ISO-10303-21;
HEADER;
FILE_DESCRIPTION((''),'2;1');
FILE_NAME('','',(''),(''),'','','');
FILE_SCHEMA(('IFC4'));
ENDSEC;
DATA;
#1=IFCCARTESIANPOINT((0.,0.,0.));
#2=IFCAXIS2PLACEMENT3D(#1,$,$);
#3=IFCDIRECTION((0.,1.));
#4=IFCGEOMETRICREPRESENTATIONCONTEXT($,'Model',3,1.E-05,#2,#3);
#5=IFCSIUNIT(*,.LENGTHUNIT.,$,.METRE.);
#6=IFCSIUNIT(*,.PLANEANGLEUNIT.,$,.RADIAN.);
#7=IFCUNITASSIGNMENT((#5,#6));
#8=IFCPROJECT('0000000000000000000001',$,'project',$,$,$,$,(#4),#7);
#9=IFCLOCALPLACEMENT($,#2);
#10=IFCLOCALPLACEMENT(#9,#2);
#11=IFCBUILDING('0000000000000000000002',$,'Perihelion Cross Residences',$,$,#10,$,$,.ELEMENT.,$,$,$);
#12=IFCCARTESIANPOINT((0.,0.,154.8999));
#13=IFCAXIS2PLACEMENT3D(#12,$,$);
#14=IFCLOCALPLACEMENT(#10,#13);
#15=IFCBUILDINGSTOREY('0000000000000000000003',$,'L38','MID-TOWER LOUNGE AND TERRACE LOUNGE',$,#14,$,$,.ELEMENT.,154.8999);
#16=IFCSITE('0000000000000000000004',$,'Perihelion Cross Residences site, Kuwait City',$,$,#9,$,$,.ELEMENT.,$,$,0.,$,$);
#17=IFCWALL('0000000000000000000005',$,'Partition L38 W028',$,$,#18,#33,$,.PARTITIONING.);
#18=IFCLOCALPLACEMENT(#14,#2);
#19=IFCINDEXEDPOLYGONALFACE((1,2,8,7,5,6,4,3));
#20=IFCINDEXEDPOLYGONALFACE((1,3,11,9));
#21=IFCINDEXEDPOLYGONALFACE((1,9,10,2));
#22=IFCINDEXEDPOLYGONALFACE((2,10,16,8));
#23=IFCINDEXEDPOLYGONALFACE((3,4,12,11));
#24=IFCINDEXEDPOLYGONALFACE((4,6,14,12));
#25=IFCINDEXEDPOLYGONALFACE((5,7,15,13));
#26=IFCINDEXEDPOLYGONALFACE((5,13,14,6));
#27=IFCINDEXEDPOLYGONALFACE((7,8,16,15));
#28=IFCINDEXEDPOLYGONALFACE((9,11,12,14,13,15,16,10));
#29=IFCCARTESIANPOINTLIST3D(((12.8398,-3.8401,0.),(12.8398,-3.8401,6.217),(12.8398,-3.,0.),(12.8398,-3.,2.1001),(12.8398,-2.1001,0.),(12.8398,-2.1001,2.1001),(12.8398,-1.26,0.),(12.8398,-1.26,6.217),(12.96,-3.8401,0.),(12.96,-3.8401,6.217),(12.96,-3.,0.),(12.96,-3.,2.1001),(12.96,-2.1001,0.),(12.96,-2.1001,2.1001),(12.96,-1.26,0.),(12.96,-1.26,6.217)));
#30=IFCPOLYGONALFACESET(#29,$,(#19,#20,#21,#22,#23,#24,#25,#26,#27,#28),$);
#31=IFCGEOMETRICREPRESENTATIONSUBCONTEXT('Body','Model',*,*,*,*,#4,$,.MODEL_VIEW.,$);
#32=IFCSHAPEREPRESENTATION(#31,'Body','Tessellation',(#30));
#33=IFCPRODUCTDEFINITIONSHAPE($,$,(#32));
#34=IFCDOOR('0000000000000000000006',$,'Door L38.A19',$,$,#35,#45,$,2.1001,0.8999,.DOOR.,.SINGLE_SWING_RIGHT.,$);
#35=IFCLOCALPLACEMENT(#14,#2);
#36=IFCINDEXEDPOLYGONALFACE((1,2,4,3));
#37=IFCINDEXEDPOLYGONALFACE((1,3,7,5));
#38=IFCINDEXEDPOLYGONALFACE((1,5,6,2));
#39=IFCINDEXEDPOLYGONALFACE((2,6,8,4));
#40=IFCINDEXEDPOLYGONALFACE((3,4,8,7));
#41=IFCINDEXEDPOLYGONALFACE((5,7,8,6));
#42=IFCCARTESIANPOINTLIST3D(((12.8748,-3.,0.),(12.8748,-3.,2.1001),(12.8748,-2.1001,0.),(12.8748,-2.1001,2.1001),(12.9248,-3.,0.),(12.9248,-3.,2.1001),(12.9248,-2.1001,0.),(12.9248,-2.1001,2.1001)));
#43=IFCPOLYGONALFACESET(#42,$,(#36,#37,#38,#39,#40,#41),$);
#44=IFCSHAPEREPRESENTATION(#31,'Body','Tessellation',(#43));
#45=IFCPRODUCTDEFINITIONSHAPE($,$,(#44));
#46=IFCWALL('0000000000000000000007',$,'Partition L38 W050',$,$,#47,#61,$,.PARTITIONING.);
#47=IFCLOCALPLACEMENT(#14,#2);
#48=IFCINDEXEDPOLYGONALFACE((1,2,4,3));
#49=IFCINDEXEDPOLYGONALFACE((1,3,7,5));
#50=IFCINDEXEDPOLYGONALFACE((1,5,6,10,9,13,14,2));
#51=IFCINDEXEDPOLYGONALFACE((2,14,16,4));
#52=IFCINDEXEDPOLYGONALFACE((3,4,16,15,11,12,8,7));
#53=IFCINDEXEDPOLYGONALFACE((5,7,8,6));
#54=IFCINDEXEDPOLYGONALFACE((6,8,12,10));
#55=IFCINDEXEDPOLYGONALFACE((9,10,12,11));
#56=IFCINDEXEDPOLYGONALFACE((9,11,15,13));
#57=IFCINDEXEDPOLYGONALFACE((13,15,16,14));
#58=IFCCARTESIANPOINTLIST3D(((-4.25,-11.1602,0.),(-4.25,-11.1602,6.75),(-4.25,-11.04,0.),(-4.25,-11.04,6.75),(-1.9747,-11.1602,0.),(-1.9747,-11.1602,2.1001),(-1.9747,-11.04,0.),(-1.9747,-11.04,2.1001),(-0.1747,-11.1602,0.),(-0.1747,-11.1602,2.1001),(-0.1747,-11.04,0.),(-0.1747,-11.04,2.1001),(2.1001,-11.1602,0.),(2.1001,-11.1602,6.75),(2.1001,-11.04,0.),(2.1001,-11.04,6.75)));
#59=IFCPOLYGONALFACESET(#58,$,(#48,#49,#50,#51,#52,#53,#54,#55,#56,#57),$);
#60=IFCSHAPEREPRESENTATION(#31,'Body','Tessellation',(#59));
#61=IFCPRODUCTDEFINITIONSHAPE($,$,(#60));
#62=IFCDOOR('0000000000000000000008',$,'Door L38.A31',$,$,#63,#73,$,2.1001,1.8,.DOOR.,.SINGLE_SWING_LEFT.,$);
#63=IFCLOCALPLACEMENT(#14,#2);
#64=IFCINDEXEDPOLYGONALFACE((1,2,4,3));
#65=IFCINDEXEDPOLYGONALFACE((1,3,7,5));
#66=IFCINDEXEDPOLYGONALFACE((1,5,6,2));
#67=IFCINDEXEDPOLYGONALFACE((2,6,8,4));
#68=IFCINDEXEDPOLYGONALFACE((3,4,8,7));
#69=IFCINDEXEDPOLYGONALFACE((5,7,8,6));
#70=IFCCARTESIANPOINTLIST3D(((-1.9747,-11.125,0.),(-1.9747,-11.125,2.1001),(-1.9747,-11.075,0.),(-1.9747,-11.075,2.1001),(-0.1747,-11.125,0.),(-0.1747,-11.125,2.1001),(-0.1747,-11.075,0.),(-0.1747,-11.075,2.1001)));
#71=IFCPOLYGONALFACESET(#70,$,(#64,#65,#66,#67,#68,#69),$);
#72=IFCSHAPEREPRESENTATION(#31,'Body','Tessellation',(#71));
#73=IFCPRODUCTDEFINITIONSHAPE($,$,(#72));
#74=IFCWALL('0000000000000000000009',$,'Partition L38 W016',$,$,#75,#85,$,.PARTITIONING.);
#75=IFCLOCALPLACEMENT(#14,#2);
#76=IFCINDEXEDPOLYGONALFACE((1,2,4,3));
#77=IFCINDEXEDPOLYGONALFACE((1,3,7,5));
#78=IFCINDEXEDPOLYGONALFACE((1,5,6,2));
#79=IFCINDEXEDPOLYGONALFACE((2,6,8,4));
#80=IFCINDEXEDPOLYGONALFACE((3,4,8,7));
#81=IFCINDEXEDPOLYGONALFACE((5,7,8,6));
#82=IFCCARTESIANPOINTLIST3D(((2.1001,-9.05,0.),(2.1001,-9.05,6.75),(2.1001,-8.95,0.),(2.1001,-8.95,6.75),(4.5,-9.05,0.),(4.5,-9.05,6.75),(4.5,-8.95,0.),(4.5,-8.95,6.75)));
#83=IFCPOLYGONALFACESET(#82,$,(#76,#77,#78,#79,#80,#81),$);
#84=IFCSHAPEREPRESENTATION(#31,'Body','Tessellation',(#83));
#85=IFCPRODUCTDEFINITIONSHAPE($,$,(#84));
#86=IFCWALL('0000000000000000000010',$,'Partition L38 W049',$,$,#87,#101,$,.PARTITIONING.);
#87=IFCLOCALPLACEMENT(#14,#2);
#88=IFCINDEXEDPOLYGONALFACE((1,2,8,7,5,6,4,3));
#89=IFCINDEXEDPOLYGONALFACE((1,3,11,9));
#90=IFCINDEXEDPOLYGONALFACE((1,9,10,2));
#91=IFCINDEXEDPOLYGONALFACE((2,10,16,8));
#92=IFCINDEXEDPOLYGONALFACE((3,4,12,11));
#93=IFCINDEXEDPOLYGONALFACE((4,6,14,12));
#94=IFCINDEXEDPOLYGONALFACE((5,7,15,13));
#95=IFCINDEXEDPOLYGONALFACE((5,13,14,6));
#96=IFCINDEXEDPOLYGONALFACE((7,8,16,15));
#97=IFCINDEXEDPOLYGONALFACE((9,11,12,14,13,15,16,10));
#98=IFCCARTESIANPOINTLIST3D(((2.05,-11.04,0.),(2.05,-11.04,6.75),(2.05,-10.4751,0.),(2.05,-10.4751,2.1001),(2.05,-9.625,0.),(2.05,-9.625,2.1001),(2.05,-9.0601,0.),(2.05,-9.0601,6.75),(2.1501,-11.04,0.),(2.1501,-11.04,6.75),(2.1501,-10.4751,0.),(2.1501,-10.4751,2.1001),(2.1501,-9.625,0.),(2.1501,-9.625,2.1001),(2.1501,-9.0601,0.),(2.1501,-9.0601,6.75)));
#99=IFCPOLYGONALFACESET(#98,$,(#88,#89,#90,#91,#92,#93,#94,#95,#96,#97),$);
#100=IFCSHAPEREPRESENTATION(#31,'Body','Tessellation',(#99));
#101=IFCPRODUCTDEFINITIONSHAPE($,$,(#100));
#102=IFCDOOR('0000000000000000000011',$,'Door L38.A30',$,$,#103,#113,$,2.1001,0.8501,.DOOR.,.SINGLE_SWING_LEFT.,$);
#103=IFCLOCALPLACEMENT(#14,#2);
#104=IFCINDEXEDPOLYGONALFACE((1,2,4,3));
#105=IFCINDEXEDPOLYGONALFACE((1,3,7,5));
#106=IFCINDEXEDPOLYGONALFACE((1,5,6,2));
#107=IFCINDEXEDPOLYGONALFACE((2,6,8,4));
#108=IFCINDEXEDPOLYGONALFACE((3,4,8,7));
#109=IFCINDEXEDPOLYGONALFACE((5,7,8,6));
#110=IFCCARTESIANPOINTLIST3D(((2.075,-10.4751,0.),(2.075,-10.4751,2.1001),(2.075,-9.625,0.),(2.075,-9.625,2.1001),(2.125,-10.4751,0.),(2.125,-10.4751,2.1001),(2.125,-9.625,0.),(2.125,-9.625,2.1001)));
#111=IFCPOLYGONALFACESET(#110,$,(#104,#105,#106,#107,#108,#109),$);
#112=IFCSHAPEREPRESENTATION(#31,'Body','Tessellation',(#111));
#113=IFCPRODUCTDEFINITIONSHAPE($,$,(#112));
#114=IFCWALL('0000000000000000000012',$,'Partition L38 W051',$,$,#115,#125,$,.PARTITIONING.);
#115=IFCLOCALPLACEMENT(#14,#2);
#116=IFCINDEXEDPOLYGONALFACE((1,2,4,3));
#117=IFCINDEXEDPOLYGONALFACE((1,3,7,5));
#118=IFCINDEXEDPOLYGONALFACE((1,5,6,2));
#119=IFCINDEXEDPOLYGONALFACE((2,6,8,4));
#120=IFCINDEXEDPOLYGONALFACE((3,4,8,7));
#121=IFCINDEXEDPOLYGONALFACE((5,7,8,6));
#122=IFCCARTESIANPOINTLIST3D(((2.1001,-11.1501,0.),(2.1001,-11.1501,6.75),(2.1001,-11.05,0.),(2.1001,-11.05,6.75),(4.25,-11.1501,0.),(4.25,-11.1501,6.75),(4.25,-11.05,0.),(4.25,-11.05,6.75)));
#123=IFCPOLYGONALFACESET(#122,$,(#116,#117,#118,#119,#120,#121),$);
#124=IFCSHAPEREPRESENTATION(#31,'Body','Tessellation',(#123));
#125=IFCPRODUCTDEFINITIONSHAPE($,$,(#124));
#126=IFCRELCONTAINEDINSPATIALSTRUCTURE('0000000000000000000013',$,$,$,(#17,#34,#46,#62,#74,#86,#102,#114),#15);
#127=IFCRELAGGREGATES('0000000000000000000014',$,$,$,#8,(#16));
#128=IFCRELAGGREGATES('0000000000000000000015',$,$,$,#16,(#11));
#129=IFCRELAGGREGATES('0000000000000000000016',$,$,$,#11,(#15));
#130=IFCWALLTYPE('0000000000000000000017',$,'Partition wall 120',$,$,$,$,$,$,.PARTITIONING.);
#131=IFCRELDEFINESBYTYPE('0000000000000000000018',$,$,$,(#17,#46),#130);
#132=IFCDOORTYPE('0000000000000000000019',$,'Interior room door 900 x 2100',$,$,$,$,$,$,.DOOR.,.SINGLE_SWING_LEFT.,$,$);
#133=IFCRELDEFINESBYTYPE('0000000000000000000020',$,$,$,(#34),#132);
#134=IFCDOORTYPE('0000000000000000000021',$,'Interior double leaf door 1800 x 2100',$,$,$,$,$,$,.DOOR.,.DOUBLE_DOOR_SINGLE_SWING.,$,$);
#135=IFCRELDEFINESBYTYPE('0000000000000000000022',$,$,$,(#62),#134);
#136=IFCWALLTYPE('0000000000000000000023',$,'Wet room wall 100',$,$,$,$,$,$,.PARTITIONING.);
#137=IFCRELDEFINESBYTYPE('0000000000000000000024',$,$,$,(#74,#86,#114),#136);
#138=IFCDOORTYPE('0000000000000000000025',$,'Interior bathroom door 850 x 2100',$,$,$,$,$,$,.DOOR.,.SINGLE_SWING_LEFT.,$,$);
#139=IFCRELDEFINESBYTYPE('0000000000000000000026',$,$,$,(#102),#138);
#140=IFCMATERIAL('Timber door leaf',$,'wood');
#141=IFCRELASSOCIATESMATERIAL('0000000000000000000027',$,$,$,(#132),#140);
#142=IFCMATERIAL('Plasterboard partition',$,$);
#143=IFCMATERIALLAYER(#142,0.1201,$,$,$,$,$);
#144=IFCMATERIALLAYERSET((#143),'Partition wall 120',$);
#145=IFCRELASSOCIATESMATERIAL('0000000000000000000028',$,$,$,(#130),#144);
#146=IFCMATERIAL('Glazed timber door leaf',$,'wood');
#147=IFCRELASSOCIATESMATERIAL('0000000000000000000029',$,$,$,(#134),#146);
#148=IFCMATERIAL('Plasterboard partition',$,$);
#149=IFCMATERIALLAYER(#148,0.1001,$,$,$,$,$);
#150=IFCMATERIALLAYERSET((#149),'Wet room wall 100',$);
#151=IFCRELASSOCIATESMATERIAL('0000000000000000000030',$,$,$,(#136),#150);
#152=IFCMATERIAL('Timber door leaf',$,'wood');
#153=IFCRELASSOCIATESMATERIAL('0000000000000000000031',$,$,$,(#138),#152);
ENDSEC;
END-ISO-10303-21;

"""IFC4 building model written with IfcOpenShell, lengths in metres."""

from ifc_helpers import new_model, si_unit, direction, frame, frame_2d, origin, place, context, subcontext, project, spatial, rectangle, extrude, material, layer, layer_set, type_object, element, fill, save


model = new_model("IFC4")

# Units and contexts
model_context = context("Model", 3, precision=1e-05, world=origin(), true_north=direction((0.0, 1.0)))
body_context = subcontext(model_context, "Body", "Model", "MODEL_VIEW")
ifc_project = project(units=[si_unit("LENGTHUNIT", "METRE"), si_unit("PLANEANGLEUNIT", "RADIAN")], contexts=[model_context])

# Site, building, storey
site_placement = place(None, origin())
site = spatial("IfcSite", under=ifc_project, at=site_placement, Name="Perihelion Cross Residences site, Kuwait City", CompositionType="ELEMENT", RefElevation=0.0)
building_placement = place(site_placement, origin())
building = spatial("IfcBuilding", under=site, at=building_placement, Name="Perihelion Cross Residences", CompositionType="ELEMENT")
storey_placement = place(building_placement, frame((0.0, 0.0, 154.8999)))
storey = spatial("IfcBuildingStorey", under=building, at=storey_placement, Name="L38", Description="MID-TOWER LOUNGE AND TERRACE LOUNGE", CompositionType="ELEMENT", Elevation=154.8999)

# Shared definitions
ifc_material_1 = material(Name="Timber door leaf", Category="wood")
door_type_1 = type_object("IfcDoorType", Name="Interior room door 900 x 2100", OperationType="SINGLE_SWING_LEFT", PredefinedType="DOOR", material=ifc_material_1)

# Shared definitions
ifc_material_2 = material(Name="Plasterboard partition")
ifc_layer_1 = layer(ifc_material_2, 0.1201)
ifc_layer_set_1 = layer_set([ifc_layer_1], Name="Partition wall 120")
wall_type_1 = type_object("IfcWallType", Name="Partition wall 120", PredefinedType="PARTITIONING", material=ifc_layer_set_1)

# Shared definitions
ifc_material_3 = material(Name="Glazed timber door leaf", Category="wood")
door_type_2 = type_object("IfcDoorType", Name="Interior double leaf door 1800 x 2100", OperationType="DOUBLE_DOOR_SINGLE_SWING", PredefinedType="DOOR", material=ifc_material_3)

# Walls, openings, doors
wall_1_placement = place(storey_placement, frame((12.8999, -1.26, 0.0), z_axis=(0.0, 0.0, 1.0), x_axis=(0.0, -1.0, 0.0)))
wall_1 = element("IfcWall", 1, at=wall_1_placement, inside=storey, type_object=wall_type_1, Name="Partition L38 W028", PredefinedType="PARTITIONING", context=body_context, shape_type="SweptSolid", body=[
    extrude(rectangle(XDim=2.5801, YDim=0.1201, at=frame_2d((1.29, 0.0))), origin(), (0.0, 0.0, 1.0), 6.217),
])
opening_1_placement = place(wall_1_placement, frame((0.8401, 0.0, 0.0)))
opening_1 = element("IfcOpeningElement", 2, at=opening_1_placement, cuts=wall_1, PredefinedType="OPENING", context=body_context, shape_type="SweptSolid", body=[
    extrude(rectangle(XDim=0.8999, YDim=2.1001, at=frame_2d((0.45, 1.05))), frame((0.0, 0.0701, 0.0), z_axis=(0.0, -1.0, 0.0), x_axis=(1.0, 0.0, 0.0)), (0.0, 0.0, 1.0), 0.1401),
])
door_1_placement = place(opening_1_placement, origin())
door_1 = element("IfcDoor", 3, at=door_1_placement, inside=storey, type_object=door_type_1, Name="Door L38.A19", OperationType="SINGLE_SWING_RIGHT", OverallHeight=2.1001, OverallWidth=0.8999, PredefinedType="DOOR", context=body_context, shape_type="SweptSolid", body=[
    extrude(rectangle(XDim=0.8999, YDim=2.1001, at=frame_2d((0.45, 1.05))), frame((0.0, 0.0249, 0.0), z_axis=(0.0, -1.0, 0.0), x_axis=(1.0, 0.0, 0.0)), (0.0, 0.0, 1.0), 0.05),
])
fill(opening_1, door_1)
wall_2_placement = place(storey_placement, frame((2.1001, -11.1001, 0.0), z_axis=(0.0, 0.0, 1.0), x_axis=(-1.0, 0.0, 0.0)))
wall_2 = element("IfcWall", 4, at=wall_2_placement, inside=storey, type_object=wall_type_1, Name="Partition L38 W050", PredefinedType="PARTITIONING", context=body_context, shape_type="SweptSolid", body=[
    extrude(rectangle(XDim=6.3501, YDim=0.1201, at=frame_2d((3.175, 0.0))), origin(), (0.0, 0.0, 1.0), 6.75),
])
opening_2_placement = place(wall_2_placement, frame((2.2749, 0.0, 0.0)))
opening_2 = element("IfcOpeningElement", 5, at=opening_2_placement, cuts=wall_2, PredefinedType="OPENING", context=body_context, shape_type="SweptSolid", body=[
    extrude(rectangle(XDim=1.8, YDim=2.1001, at=frame_2d((0.8999, 1.05))), frame((0.0, 0.0701, 0.0), z_axis=(0.0, -1.0, 0.0), x_axis=(1.0, 0.0, 0.0)), (0.0, 0.0, 1.0), 0.1401),
])
door_2_placement = place(opening_2_placement, origin())
door_2 = element("IfcDoor", 6, at=door_2_placement, inside=storey, type_object=door_type_2, Name="Door L38.A31", OperationType="SINGLE_SWING_LEFT", OverallHeight=2.1001, OverallWidth=1.8, PredefinedType="DOOR", context=body_context, shape_type="SweptSolid", body=[
    extrude(rectangle(XDim=1.8, YDim=2.1001, at=frame_2d((0.8999, 1.05))), frame((0.0, 0.0249, 0.0), z_axis=(0.0, -1.0, 0.0), x_axis=(1.0, 0.0, 0.0)), (0.0, 0.0, 1.0), 0.05),
])
fill(opening_2, door_2)

# Wall
ifc_material_4 = material(Name="Plasterboard partition")
ifc_layer_2 = layer(ifc_material_4, 0.1001)
ifc_layer_set_2 = layer_set([ifc_layer_2], Name="Wet room wall 100")
wall_type_2 = type_object("IfcWallType", Name="Wet room wall 100", PredefinedType="PARTITIONING", material=ifc_layer_set_2)
wall_3_placement = place(storey_placement, frame((4.5, -9.0, 0.0), z_axis=(0.0, 0.0, 1.0), x_axis=(-1.0, 0.0, 0.0)))
element("IfcWall", 7, at=wall_3_placement, inside=storey, type_object=wall_type_2, Name="Partition L38 W016", PredefinedType="PARTITIONING", context=body_context, shape_type="SweptSolid", body=[
    extrude(rectangle(XDim=2.3999, YDim=0.1001, at=frame_2d((1.2, 0.0))), origin(), (0.0, 0.0, 1.0), 6.75),
])

# Wall, opening, door
wall_4_placement = place(storey_placement, frame((2.1001, -9.0601, 0.0), z_axis=(0.0, 0.0, 1.0), x_axis=(0.0, -1.0, 0.0)))
wall_4 = element("IfcWall", 8, at=wall_4_placement, inside=storey, type_object=wall_type_2, Name="Partition L38 W049", PredefinedType="PARTITIONING", context=body_context, shape_type="SweptSolid", body=[
    extrude(rectangle(XDim=1.98, YDim=0.1001, at=frame_2d((0.99, 0.0))), origin(), (0.0, 0.0, 1.0), 6.75),
])
opening_3_placement = place(wall_4_placement, frame((0.5649, 0.0, 0.0)))
opening_3 = element("IfcOpeningElement", 9, at=opening_3_placement, cuts=wall_4, PredefinedType="OPENING", context=body_context, shape_type="SweptSolid", body=[
    extrude(rectangle(XDim=0.8501, YDim=2.1001, at=frame_2d((0.425, 1.05))), frame((0.0, 0.0601, 0.0), z_axis=(0.0, -1.0, 0.0), x_axis=(1.0, 0.0, 0.0)), (0.0, 0.0, 1.0), 0.1201),
])
ifc_material_5 = material(Name="Timber door leaf", Category="wood")
door_type_3 = type_object("IfcDoorType", Name="Interior bathroom door 850 x 2100", OperationType="SINGLE_SWING_LEFT", PredefinedType="DOOR", material=ifc_material_5)
door_3_placement = place(opening_3_placement, origin())
door_3 = element("IfcDoor", 10, at=door_3_placement, inside=storey, type_object=door_type_3, Name="Door L38.A30", OperationType="SINGLE_SWING_LEFT", OverallHeight=2.1001, OverallWidth=0.8501, PredefinedType="DOOR", context=body_context, shape_type="SweptSolid", body=[
    extrude(rectangle(XDim=0.8501, YDim=2.1001, at=frame_2d((0.425, 1.05))), frame((0.0, 0.0249, 0.0), z_axis=(0.0, -1.0, 0.0), x_axis=(1.0, 0.0, 0.0)), (0.0, 0.0, 1.0), 0.05),
])
fill(opening_3, door_3)

# Wall
wall_5_placement = place(storey_placement, frame((4.25, -11.1001, 0.0), z_axis=(0.0, 0.0, 1.0), x_axis=(-1.0, 0.0, 0.0)))
element("IfcWall", 11, at=wall_5_placement, inside=storey, type_object=wall_type_2, Name="Partition L38 W051", PredefinedType="PARTITIONING", context=body_context, shape_type="SweptSolid", body=[
    extrude(rectangle(XDim=2.1499, YDim=0.1001, at=frame_2d((1.075, 0.0))), origin(), (0.0, 0.0, 1.0), 6.75),
])

save(model, "model.ifc")
